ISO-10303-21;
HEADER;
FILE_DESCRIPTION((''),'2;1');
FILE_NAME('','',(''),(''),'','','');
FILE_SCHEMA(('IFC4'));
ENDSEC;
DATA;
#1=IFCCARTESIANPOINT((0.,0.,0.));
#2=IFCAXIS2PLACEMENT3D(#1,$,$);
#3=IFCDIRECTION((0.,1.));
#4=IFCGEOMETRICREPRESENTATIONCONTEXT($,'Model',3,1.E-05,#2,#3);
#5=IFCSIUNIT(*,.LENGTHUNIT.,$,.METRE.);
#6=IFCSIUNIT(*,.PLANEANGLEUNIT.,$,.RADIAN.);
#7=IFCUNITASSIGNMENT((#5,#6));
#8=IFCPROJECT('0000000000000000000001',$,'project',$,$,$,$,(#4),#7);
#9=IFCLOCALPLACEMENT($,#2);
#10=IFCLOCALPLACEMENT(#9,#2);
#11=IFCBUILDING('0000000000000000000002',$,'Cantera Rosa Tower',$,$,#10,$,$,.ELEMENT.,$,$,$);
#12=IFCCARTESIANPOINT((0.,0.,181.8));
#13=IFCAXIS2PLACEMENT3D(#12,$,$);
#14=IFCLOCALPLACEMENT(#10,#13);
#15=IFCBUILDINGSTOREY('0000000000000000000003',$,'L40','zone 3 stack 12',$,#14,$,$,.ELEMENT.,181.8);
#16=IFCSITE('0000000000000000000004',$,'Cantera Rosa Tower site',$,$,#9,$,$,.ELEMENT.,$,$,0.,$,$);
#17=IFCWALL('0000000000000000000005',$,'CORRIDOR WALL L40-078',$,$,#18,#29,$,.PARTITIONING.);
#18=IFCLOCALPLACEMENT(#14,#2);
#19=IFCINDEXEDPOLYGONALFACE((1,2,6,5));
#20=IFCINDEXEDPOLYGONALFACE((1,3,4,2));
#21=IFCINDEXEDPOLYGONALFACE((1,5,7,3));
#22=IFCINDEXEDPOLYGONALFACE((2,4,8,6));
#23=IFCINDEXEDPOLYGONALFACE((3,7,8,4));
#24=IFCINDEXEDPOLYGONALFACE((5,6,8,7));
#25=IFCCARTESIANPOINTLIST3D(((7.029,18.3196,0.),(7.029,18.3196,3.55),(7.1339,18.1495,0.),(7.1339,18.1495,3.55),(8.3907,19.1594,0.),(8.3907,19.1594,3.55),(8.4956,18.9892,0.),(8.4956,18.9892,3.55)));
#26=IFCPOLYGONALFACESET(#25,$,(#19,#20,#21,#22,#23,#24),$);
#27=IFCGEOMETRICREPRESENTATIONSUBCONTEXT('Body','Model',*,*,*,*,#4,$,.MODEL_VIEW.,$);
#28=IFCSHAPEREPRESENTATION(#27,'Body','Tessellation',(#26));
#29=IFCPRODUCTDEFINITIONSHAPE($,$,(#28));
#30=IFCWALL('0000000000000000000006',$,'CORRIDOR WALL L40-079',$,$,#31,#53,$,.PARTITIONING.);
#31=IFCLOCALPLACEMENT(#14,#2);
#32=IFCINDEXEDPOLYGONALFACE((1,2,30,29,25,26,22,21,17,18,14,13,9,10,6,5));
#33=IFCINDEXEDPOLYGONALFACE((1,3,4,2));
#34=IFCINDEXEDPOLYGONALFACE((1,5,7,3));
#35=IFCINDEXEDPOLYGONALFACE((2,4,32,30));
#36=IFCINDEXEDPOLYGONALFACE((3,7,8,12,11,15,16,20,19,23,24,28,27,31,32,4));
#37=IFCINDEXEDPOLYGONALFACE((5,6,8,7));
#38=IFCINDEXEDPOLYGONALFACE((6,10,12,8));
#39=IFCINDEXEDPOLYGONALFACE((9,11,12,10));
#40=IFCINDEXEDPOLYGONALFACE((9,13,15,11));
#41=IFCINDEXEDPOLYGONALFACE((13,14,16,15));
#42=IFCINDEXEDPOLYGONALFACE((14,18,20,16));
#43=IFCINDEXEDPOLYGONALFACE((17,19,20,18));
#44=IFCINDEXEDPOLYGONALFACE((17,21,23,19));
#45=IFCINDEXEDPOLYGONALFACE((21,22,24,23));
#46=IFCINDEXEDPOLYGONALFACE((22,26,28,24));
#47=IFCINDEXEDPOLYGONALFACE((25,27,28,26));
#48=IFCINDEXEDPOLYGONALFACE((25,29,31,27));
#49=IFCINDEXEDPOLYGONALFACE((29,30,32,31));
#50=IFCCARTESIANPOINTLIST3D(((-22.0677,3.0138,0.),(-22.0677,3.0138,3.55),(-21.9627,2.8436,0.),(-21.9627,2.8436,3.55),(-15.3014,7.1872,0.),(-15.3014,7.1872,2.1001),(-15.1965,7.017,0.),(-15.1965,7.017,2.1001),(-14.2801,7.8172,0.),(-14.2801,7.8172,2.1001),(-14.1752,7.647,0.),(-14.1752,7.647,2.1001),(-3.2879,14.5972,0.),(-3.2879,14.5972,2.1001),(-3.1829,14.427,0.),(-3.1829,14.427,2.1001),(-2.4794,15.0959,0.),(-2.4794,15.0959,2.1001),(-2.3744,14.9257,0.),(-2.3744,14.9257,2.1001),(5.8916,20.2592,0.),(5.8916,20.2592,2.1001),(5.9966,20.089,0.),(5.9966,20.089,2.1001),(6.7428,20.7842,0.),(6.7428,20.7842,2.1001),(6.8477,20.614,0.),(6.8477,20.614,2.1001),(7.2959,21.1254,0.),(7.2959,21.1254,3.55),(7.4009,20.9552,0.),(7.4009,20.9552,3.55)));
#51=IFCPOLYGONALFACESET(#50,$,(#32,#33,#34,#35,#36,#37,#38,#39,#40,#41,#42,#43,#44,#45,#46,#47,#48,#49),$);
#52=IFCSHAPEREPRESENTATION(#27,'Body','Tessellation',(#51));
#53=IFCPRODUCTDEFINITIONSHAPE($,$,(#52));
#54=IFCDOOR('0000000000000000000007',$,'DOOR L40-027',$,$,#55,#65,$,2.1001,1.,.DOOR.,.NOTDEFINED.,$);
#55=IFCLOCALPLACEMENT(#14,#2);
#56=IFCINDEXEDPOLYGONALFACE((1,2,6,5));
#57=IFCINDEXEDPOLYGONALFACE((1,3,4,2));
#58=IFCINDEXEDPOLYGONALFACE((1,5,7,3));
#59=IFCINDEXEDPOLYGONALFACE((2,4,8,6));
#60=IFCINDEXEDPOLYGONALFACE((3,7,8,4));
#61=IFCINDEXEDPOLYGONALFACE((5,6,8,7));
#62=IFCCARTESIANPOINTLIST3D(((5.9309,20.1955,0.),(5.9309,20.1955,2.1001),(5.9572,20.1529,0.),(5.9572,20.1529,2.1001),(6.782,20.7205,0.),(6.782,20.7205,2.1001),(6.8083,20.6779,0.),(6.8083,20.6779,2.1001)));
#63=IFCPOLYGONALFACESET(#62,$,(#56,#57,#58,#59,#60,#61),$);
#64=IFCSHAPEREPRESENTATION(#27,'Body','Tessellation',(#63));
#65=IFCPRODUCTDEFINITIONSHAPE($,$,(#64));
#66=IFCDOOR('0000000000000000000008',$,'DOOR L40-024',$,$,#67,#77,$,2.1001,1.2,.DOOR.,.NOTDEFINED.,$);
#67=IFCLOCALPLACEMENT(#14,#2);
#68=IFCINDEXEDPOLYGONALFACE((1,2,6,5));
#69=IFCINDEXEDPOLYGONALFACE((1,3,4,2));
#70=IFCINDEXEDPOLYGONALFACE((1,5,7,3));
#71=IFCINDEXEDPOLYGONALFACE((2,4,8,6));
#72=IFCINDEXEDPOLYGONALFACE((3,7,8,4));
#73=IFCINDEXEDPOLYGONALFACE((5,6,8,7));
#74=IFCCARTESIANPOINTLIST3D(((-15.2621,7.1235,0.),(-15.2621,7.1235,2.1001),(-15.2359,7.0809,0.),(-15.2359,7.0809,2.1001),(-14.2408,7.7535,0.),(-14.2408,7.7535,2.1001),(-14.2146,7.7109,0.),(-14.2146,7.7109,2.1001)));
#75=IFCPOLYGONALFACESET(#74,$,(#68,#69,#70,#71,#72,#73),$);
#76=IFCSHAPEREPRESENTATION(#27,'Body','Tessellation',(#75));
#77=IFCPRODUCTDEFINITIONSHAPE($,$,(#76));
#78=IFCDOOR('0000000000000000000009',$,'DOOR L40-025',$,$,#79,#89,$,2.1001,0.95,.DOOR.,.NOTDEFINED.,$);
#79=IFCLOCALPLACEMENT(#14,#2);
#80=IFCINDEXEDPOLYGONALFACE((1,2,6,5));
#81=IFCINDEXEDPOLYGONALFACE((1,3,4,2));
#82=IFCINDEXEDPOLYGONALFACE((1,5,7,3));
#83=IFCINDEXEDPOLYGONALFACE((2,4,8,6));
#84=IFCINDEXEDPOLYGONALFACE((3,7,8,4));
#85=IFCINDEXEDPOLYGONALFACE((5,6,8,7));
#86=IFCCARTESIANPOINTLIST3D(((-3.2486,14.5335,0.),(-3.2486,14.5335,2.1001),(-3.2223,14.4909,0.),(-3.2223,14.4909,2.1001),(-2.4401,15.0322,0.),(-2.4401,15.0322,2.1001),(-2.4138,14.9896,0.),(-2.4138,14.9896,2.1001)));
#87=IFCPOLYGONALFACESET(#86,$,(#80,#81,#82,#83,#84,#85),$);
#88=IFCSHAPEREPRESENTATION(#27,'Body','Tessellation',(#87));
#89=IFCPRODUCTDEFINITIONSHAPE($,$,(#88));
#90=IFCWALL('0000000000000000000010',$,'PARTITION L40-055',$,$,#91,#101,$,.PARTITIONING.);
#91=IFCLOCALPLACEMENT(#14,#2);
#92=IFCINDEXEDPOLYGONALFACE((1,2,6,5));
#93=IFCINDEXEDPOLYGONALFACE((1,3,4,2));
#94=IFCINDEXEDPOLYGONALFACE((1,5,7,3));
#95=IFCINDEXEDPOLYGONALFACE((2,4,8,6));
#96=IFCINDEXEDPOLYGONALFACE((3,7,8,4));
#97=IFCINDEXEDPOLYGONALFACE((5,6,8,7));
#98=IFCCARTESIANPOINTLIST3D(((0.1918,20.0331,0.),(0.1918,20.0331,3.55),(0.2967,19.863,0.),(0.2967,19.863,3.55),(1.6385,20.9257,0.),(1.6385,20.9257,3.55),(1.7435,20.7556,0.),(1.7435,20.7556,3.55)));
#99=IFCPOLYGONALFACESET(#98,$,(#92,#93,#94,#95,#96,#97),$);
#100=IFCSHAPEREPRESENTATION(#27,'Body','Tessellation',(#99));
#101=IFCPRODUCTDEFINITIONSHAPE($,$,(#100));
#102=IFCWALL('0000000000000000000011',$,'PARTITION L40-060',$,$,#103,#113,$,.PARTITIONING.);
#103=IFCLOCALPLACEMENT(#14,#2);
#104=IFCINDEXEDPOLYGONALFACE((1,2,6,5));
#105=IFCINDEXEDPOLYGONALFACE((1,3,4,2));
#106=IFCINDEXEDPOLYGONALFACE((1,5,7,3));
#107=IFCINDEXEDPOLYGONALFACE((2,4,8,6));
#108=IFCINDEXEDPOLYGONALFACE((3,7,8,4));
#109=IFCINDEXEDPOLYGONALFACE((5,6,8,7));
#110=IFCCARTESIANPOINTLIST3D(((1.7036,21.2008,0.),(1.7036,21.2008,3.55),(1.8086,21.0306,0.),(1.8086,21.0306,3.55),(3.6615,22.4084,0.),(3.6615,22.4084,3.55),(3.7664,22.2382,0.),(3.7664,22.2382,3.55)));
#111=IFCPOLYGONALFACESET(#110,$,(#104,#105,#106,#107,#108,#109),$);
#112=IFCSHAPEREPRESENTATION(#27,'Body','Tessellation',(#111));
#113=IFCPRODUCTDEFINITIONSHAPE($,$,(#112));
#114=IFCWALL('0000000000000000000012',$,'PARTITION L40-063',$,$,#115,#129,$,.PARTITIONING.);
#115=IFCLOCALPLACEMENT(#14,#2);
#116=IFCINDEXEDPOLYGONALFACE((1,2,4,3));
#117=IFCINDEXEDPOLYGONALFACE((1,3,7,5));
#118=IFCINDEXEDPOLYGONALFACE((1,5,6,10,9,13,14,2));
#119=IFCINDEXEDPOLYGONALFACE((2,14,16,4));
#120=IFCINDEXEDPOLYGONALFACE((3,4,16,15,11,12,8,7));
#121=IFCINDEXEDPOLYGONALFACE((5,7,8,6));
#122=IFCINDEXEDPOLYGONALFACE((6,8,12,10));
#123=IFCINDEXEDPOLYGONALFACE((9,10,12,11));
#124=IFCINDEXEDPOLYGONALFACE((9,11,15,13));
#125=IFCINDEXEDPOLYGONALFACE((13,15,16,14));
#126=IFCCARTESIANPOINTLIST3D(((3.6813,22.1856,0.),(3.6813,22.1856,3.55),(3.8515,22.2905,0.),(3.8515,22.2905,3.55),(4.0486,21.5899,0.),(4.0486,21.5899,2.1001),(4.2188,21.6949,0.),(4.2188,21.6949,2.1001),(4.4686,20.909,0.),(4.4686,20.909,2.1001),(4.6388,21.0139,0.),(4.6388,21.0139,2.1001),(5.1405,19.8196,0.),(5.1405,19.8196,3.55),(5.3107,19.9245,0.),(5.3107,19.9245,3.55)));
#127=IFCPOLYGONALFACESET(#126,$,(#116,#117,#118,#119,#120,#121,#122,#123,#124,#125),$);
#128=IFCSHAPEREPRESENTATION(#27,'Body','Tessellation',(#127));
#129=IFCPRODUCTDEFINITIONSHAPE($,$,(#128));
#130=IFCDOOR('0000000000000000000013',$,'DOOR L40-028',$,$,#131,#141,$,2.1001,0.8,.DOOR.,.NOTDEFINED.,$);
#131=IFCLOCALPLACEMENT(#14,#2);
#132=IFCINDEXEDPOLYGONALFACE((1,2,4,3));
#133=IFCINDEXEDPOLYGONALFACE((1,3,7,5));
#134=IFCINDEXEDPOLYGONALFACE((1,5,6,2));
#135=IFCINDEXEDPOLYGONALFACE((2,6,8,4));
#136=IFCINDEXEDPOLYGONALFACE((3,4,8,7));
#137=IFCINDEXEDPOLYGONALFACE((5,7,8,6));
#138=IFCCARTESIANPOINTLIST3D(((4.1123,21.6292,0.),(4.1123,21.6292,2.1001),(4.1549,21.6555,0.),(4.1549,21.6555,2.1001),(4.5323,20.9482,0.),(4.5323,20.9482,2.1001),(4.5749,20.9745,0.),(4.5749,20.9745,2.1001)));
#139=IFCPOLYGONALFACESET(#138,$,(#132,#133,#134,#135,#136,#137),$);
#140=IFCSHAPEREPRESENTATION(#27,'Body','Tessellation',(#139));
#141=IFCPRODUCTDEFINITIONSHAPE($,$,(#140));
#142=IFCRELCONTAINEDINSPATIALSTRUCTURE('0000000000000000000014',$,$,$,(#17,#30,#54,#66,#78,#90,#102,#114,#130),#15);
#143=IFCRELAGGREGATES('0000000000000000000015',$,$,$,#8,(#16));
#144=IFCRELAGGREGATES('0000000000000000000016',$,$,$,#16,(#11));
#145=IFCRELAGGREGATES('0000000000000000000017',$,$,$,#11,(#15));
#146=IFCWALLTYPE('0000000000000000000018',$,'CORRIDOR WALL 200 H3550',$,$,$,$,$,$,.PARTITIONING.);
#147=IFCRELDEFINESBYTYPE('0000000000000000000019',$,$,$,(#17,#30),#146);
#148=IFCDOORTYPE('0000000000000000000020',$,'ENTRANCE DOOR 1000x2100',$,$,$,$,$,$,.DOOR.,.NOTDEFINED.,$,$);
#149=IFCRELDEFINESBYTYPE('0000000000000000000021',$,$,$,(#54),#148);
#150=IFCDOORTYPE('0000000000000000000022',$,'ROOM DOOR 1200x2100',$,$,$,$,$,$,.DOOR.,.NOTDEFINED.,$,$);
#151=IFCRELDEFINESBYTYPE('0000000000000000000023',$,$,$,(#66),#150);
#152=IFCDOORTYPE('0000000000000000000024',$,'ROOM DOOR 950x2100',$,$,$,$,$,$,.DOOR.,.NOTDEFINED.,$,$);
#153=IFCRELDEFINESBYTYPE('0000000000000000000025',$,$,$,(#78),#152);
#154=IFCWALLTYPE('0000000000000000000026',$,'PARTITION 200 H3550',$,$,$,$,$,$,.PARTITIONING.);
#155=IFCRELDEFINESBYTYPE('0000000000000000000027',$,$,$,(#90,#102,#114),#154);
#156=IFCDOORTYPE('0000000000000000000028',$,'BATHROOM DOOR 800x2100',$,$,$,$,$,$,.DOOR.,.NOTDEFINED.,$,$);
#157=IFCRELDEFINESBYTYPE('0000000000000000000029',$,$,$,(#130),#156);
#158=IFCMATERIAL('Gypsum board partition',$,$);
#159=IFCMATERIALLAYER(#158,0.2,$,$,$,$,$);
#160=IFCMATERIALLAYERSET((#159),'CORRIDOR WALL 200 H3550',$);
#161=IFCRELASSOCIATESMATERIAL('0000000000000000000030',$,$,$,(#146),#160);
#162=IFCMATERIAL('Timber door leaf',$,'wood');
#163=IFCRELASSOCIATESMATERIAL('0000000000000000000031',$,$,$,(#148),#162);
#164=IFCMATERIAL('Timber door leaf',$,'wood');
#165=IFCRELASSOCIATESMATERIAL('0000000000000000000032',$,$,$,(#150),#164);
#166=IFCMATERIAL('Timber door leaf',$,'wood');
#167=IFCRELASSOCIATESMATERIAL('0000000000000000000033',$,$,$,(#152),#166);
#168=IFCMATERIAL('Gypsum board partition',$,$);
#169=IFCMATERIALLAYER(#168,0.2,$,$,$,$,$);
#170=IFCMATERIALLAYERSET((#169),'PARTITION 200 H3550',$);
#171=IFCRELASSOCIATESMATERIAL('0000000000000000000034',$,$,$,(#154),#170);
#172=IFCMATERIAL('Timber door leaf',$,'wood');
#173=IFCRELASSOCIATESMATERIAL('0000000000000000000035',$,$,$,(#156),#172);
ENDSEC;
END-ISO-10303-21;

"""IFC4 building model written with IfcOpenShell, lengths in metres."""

from ifc_helpers import new_model, si_unit, direction, frame, frame_2d, origin, place, context, subcontext, project, spatial, rectangle, extrude, material, layer, layer_set, type_object, element, fill, save


model = new_model("IFC4")

# Units and contexts
model_context = context("Model", 3, precision=1e-05, world=origin(), true_north=direction((0.0, 1.0)))
body_context = subcontext(model_context, "Body", "Model", "MODEL_VIEW")
ifc_project = project(units=[si_unit("LENGTHUNIT", "METRE"), si_unit("PLANEANGLEUNIT", "RADIAN")], contexts=[model_context])

# Site, building, storey
site_placement = place(None, origin())
site = spatial("IfcSite", under=ifc_project, at=site_placement, Name="Cantera Rosa Tower site", CompositionType="ELEMENT", RefElevation=0.0)
building_placement = place(site_placement, origin())
building = spatial("IfcBuilding", under=site, at=building_placement, Name="Cantera Rosa Tower", CompositionType="ELEMENT")
storey_placement = place(building_placement, frame((0.0, 0.0, 181.8)))
storey = spatial("IfcBuildingStorey", under=building, at=storey_placement, Name="L40", Description="zone 3 stack 12", CompositionType="ELEMENT", Elevation=181.8)

# Shared definitions
ifc_material_1 = material(Name="Gypsum board partition")
ifc_layer_1 = layer(ifc_material_1, 0.2)
ifc_layer_set_1 = layer_set([ifc_layer_1], Name="CORRIDOR WALL 200 H3550")
wall_type_1 = type_object("IfcWallType", Name="CORRIDOR WALL 200 H3550", PredefinedType="PARTITIONING", material=ifc_layer_set_1)

# Wall
wall_1_placement = place(storey_placement, frame((7.0815, 18.2346, 0.0), z_axis=(0.0, 0.0, 1.0), x_axis=(0.851155, 0.524914, 0.0)))
element("IfcWall", 1, at=wall_1_placement, inside=storey, type_object=wall_type_1, Name="CORRIDOR WALL L40-078", PredefinedType="PARTITIONING", context=body_context, shape_type="SweptSolid", body=[
    extrude(rectangle(XDim=1.5999, YDim=0.2, at=frame_2d((0.7998, 0.0))), origin(), (0.0, 0.0, 1.0), 3.55),
])

# Wall, openings, doors
wall_2_placement = place(storey_placement, frame((7.3484, 21.0403, 0.0), z_axis=(0.0, 0.0, 1.0), x_axis=(-0.851118, -0.524974, 0.0)))
wall_2 = element("IfcWall", 2, at=wall_2_placement, inside=storey, type_object=wall_type_1, Name="CORRIDOR WALL L40-079", PredefinedType="PARTITIONING", context=body_context, shape_type="SweptSolid", body=[
    extrude(rectangle(XDim=34.5, YDim=0.2, at=frame_2d((17.25, 0.0))), origin(), (0.0, 0.0, 1.0), 3.55),
])
opening_1_placement = place(wall_2_placement, frame((25.3501, 0.0, 0.0)))
opening_1 = element("IfcOpeningElement", 3, at=opening_1_placement, cuts=wall_2, PredefinedType="OPENING", context=body_context, shape_type="SweptSolid", body=[
    extrude(rectangle(XDim=1.2, YDim=2.1001, at=frame_2d((0.6001, 1.05))), frame((0.0, 0.1099, 0.0), z_axis=(0.0, -1.0, 0.0), x_axis=(1.0, 0.0, 0.0)), (0.0, 0.0, 1.0), 0.22),
])
opening_2_placement = place(wall_2_placement, frame((11.4851, 0.0, 0.0)))
opening_2 = element("IfcOpeningElement", 4, at=opening_2_placement, cuts=wall_2, PredefinedType="OPENING", context=body_context, shape_type="SweptSolid", body=[
    extrude(rectangle(XDim=0.95, YDim=2.1001, at=frame_2d((0.4751, 1.05))), frame((0.0, 0.1099, 0.0), z_axis=(0.0, -1.0, 0.0), x_axis=(1.0, 0.0, 0.0)), (0.0, 0.0, 1.0), 0.22),
])
opening_3_placement = place(wall_2_placement, frame((0.6499, 0.0, 0.0)))
opening_3 = element("IfcOpeningElement", 5, at=opening_3_placement, cuts=wall_2, PredefinedType="OPENING", context=body_context, shape_type="SweptSolid", body=[
    extrude(rectangle(XDim=1.0, YDim=2.1001, at=frame_2d((0.5, 1.05))), frame((0.0, 0.1099, 0.0), z_axis=(0.0, -1.0, 0.0), x_axis=(1.0, 0.0, 0.0)), (0.0, 0.0, 1.0), 0.22),
])
ifc_material_2 = material(Name="Timber door leaf", Category="wood")
door_type_1 = type_object("IfcDoorType", Name="ENTRANCE DOOR 1000x2100", OperationType="NOTDEFINED", PredefinedType="DOOR", material=ifc_material_2)
door_1_placement = place(opening_3_placement, origin())
door_1 = element("IfcDoor", 6, at=door_1_placement, inside=storey, type_object=door_type_1, Name="DOOR L40-027", OperationType="NOTDEFINED", OverallHeight=2.1001, OverallWidth=1.0, PredefinedType="DOOR", context=body_context, shape_type="SweptSolid", body=[
    extrude(rectangle(XDim=1.0, YDim=2.1001, at=frame_2d((0.5, 1.05))), frame((0.0, 0.0249, 0.0), z_axis=(0.0, -1.0, 0.0), x_axis=(1.0, 0.0, 0.0)), (0.0, 0.0, 1.0), 0.05),
])
fill(opening_3, door_1)
ifc_material_3 = material(Name="Timber door leaf", Category="wood")
door_type_2 = type_object("IfcDoorType", Name="ROOM DOOR 1200x2100", OperationType="NOTDEFINED", PredefinedType="DOOR", material=ifc_material_3)
door_2_placement = place(opening_1_placement, origin())
door_2 = element("IfcDoor", 7, at=door_2_placement, inside=storey, type_object=door_type_2, Name="DOOR L40-024", OperationType="NOTDEFINED", OverallHeight=2.1001, OverallWidth=1.2, PredefinedType="DOOR", context=body_context, shape_type="SweptSolid", body=[
    extrude(rectangle(XDim=1.2, YDim=2.1001, at=frame_2d((0.6001, 1.05))), frame((0.0, 0.0249, 0.0), z_axis=(0.0, -1.0, 0.0), x_axis=(1.0, 0.0, 0.0)), (0.0, 0.0, 1.0), 0.05),
])
fill(opening_1, door_2)
ifc_material_4 = material(Name="Timber door leaf", Category="wood")
door_type_3 = type_object("IfcDoorType", Name="ROOM DOOR 950x2100", OperationType="NOTDEFINED", PredefinedType="DOOR", material=ifc_material_4)
door_3_placement = place(opening_2_placement, origin())
door_3 = element("IfcDoor", 8, at=door_3_placement, inside=storey, type_object=door_type_3, Name="DOOR L40-025", OperationType="NOTDEFINED", OverallHeight=2.1001, OverallWidth=0.95, PredefinedType="DOOR", context=body_context, shape_type="SweptSolid", body=[
    extrude(rectangle(XDim=0.95, YDim=2.1001, at=frame_2d((0.4751, 1.05))), frame((0.0, 0.0249, 0.0), z_axis=(0.0, -1.0, 0.0), x_axis=(1.0, 0.0, 0.0)), (0.0, 0.0, 1.0), 0.05),
])
fill(opening_2, door_3)

# Walls
ifc_material_5 = material(Name="Gypsum board partition")
ifc_layer_2 = layer(ifc_material_5, 0.2)
ifc_layer_set_2 = layer_set([ifc_layer_2], Name="PARTITION 200 H3550")
wall_type_2 = type_object("IfcWallType", Name="PARTITION 200 H3550", PredefinedType="PARTITIONING", material=ifc_layer_set_2)
wall_3_placement = place(storey_placement, frame((0.2441, 19.948, 0.0), z_axis=(0.0, 0.0, 1.0), x_axis=(0.851066, 0.525059, 0.0)))
element("IfcWall", 9, at=wall_3_placement, inside=storey, type_object=wall_type_2, Name="PARTITION L40-055", PredefinedType="PARTITIONING", context=body_context, shape_type="SweptSolid", body=[
    extrude(rectangle(XDim=1.7, YDim=0.2, at=frame_2d((0.8501, 0.0))), origin(), (0.0, 0.0, 1.0), 3.55),
])
wall_4_placement = place(storey_placement, frame((1.7561, 21.1157, 0.0), z_axis=(0.0, 0.0, 1.0), x_axis=(0.851126, 0.524962, 0.0)))
element("IfcWall", 10, at=wall_4_placement, inside=storey, type_object=wall_type_2, Name="PARTITION L40-060", PredefinedType="PARTITIONING", context=body_context, shape_type="SweptSolid", body=[
    extrude(rectangle(XDim=2.3003, YDim=0.2, at=frame_2d((1.1501, 0.0))), origin(), (0.0, 0.0, 1.0), 3.55),
])

# Wall, opening, door
wall_5_placement = place(storey_placement, frame((3.7664, 22.238, 0.0), z_axis=(0.0, 0.0, 1.0), x_axis=(0.524945, -0.851136, 0.0)))
wall_5 = element("IfcWall", 11, at=wall_5_placement, inside=storey, type_object=wall_type_2, Name="PARTITION L40-063", PredefinedType="PARTITIONING", context=body_context, shape_type="SweptSolid", body=[
    extrude(rectangle(XDim=2.7798, YDim=0.2, at=frame_2d((1.3899, 0.0))), origin(), (0.0, 0.0, 1.0), 3.55),
])
opening_4_placement = place(wall_5_placement, frame((0.7, 0.0, 0.0)))
opening_4 = element("IfcOpeningElement", 12, at=opening_4_placement, cuts=wall_5, PredefinedType="OPENING", context=body_context, shape_type="SweptSolid", body=[
    extrude(rectangle(XDim=0.8, YDim=2.1001, at=frame_2d((0.3999, 1.05))), frame((0.0, 0.1099, 0.0), z_axis=(0.0, -1.0, 0.0), x_axis=(1.0, 0.0, 0.0)), (0.0, 0.0, 1.0), 0.22),
])
ifc_material_6 = material(Name="Timber door leaf", Category="wood")
door_type_4 = type_object("IfcDoorType", Name="BATHROOM DOOR 800x2100", OperationType="NOTDEFINED", PredefinedType="DOOR", material=ifc_material_6)
door_4_placement = place(opening_4_placement, origin())
door_4 = element("IfcDoor", 13, at=door_4_placement, inside=storey, type_object=door_type_4, Name="DOOR L40-028", OperationType="NOTDEFINED", OverallHeight=2.1001, OverallWidth=0.8, PredefinedType="DOOR", context=body_context, shape_type="SweptSolid", body=[
    extrude(rectangle(XDim=0.8, YDim=2.1001, at=frame_2d((0.3999, 1.05))), frame((0.0, 0.0249, 0.0), z_axis=(0.0, -1.0, 0.0), x_axis=(1.0, 0.0, 0.0)), (0.0, 0.0, 1.0), 0.05),
])
fill(opening_4, door_4)

save(model, "model.ifc")
